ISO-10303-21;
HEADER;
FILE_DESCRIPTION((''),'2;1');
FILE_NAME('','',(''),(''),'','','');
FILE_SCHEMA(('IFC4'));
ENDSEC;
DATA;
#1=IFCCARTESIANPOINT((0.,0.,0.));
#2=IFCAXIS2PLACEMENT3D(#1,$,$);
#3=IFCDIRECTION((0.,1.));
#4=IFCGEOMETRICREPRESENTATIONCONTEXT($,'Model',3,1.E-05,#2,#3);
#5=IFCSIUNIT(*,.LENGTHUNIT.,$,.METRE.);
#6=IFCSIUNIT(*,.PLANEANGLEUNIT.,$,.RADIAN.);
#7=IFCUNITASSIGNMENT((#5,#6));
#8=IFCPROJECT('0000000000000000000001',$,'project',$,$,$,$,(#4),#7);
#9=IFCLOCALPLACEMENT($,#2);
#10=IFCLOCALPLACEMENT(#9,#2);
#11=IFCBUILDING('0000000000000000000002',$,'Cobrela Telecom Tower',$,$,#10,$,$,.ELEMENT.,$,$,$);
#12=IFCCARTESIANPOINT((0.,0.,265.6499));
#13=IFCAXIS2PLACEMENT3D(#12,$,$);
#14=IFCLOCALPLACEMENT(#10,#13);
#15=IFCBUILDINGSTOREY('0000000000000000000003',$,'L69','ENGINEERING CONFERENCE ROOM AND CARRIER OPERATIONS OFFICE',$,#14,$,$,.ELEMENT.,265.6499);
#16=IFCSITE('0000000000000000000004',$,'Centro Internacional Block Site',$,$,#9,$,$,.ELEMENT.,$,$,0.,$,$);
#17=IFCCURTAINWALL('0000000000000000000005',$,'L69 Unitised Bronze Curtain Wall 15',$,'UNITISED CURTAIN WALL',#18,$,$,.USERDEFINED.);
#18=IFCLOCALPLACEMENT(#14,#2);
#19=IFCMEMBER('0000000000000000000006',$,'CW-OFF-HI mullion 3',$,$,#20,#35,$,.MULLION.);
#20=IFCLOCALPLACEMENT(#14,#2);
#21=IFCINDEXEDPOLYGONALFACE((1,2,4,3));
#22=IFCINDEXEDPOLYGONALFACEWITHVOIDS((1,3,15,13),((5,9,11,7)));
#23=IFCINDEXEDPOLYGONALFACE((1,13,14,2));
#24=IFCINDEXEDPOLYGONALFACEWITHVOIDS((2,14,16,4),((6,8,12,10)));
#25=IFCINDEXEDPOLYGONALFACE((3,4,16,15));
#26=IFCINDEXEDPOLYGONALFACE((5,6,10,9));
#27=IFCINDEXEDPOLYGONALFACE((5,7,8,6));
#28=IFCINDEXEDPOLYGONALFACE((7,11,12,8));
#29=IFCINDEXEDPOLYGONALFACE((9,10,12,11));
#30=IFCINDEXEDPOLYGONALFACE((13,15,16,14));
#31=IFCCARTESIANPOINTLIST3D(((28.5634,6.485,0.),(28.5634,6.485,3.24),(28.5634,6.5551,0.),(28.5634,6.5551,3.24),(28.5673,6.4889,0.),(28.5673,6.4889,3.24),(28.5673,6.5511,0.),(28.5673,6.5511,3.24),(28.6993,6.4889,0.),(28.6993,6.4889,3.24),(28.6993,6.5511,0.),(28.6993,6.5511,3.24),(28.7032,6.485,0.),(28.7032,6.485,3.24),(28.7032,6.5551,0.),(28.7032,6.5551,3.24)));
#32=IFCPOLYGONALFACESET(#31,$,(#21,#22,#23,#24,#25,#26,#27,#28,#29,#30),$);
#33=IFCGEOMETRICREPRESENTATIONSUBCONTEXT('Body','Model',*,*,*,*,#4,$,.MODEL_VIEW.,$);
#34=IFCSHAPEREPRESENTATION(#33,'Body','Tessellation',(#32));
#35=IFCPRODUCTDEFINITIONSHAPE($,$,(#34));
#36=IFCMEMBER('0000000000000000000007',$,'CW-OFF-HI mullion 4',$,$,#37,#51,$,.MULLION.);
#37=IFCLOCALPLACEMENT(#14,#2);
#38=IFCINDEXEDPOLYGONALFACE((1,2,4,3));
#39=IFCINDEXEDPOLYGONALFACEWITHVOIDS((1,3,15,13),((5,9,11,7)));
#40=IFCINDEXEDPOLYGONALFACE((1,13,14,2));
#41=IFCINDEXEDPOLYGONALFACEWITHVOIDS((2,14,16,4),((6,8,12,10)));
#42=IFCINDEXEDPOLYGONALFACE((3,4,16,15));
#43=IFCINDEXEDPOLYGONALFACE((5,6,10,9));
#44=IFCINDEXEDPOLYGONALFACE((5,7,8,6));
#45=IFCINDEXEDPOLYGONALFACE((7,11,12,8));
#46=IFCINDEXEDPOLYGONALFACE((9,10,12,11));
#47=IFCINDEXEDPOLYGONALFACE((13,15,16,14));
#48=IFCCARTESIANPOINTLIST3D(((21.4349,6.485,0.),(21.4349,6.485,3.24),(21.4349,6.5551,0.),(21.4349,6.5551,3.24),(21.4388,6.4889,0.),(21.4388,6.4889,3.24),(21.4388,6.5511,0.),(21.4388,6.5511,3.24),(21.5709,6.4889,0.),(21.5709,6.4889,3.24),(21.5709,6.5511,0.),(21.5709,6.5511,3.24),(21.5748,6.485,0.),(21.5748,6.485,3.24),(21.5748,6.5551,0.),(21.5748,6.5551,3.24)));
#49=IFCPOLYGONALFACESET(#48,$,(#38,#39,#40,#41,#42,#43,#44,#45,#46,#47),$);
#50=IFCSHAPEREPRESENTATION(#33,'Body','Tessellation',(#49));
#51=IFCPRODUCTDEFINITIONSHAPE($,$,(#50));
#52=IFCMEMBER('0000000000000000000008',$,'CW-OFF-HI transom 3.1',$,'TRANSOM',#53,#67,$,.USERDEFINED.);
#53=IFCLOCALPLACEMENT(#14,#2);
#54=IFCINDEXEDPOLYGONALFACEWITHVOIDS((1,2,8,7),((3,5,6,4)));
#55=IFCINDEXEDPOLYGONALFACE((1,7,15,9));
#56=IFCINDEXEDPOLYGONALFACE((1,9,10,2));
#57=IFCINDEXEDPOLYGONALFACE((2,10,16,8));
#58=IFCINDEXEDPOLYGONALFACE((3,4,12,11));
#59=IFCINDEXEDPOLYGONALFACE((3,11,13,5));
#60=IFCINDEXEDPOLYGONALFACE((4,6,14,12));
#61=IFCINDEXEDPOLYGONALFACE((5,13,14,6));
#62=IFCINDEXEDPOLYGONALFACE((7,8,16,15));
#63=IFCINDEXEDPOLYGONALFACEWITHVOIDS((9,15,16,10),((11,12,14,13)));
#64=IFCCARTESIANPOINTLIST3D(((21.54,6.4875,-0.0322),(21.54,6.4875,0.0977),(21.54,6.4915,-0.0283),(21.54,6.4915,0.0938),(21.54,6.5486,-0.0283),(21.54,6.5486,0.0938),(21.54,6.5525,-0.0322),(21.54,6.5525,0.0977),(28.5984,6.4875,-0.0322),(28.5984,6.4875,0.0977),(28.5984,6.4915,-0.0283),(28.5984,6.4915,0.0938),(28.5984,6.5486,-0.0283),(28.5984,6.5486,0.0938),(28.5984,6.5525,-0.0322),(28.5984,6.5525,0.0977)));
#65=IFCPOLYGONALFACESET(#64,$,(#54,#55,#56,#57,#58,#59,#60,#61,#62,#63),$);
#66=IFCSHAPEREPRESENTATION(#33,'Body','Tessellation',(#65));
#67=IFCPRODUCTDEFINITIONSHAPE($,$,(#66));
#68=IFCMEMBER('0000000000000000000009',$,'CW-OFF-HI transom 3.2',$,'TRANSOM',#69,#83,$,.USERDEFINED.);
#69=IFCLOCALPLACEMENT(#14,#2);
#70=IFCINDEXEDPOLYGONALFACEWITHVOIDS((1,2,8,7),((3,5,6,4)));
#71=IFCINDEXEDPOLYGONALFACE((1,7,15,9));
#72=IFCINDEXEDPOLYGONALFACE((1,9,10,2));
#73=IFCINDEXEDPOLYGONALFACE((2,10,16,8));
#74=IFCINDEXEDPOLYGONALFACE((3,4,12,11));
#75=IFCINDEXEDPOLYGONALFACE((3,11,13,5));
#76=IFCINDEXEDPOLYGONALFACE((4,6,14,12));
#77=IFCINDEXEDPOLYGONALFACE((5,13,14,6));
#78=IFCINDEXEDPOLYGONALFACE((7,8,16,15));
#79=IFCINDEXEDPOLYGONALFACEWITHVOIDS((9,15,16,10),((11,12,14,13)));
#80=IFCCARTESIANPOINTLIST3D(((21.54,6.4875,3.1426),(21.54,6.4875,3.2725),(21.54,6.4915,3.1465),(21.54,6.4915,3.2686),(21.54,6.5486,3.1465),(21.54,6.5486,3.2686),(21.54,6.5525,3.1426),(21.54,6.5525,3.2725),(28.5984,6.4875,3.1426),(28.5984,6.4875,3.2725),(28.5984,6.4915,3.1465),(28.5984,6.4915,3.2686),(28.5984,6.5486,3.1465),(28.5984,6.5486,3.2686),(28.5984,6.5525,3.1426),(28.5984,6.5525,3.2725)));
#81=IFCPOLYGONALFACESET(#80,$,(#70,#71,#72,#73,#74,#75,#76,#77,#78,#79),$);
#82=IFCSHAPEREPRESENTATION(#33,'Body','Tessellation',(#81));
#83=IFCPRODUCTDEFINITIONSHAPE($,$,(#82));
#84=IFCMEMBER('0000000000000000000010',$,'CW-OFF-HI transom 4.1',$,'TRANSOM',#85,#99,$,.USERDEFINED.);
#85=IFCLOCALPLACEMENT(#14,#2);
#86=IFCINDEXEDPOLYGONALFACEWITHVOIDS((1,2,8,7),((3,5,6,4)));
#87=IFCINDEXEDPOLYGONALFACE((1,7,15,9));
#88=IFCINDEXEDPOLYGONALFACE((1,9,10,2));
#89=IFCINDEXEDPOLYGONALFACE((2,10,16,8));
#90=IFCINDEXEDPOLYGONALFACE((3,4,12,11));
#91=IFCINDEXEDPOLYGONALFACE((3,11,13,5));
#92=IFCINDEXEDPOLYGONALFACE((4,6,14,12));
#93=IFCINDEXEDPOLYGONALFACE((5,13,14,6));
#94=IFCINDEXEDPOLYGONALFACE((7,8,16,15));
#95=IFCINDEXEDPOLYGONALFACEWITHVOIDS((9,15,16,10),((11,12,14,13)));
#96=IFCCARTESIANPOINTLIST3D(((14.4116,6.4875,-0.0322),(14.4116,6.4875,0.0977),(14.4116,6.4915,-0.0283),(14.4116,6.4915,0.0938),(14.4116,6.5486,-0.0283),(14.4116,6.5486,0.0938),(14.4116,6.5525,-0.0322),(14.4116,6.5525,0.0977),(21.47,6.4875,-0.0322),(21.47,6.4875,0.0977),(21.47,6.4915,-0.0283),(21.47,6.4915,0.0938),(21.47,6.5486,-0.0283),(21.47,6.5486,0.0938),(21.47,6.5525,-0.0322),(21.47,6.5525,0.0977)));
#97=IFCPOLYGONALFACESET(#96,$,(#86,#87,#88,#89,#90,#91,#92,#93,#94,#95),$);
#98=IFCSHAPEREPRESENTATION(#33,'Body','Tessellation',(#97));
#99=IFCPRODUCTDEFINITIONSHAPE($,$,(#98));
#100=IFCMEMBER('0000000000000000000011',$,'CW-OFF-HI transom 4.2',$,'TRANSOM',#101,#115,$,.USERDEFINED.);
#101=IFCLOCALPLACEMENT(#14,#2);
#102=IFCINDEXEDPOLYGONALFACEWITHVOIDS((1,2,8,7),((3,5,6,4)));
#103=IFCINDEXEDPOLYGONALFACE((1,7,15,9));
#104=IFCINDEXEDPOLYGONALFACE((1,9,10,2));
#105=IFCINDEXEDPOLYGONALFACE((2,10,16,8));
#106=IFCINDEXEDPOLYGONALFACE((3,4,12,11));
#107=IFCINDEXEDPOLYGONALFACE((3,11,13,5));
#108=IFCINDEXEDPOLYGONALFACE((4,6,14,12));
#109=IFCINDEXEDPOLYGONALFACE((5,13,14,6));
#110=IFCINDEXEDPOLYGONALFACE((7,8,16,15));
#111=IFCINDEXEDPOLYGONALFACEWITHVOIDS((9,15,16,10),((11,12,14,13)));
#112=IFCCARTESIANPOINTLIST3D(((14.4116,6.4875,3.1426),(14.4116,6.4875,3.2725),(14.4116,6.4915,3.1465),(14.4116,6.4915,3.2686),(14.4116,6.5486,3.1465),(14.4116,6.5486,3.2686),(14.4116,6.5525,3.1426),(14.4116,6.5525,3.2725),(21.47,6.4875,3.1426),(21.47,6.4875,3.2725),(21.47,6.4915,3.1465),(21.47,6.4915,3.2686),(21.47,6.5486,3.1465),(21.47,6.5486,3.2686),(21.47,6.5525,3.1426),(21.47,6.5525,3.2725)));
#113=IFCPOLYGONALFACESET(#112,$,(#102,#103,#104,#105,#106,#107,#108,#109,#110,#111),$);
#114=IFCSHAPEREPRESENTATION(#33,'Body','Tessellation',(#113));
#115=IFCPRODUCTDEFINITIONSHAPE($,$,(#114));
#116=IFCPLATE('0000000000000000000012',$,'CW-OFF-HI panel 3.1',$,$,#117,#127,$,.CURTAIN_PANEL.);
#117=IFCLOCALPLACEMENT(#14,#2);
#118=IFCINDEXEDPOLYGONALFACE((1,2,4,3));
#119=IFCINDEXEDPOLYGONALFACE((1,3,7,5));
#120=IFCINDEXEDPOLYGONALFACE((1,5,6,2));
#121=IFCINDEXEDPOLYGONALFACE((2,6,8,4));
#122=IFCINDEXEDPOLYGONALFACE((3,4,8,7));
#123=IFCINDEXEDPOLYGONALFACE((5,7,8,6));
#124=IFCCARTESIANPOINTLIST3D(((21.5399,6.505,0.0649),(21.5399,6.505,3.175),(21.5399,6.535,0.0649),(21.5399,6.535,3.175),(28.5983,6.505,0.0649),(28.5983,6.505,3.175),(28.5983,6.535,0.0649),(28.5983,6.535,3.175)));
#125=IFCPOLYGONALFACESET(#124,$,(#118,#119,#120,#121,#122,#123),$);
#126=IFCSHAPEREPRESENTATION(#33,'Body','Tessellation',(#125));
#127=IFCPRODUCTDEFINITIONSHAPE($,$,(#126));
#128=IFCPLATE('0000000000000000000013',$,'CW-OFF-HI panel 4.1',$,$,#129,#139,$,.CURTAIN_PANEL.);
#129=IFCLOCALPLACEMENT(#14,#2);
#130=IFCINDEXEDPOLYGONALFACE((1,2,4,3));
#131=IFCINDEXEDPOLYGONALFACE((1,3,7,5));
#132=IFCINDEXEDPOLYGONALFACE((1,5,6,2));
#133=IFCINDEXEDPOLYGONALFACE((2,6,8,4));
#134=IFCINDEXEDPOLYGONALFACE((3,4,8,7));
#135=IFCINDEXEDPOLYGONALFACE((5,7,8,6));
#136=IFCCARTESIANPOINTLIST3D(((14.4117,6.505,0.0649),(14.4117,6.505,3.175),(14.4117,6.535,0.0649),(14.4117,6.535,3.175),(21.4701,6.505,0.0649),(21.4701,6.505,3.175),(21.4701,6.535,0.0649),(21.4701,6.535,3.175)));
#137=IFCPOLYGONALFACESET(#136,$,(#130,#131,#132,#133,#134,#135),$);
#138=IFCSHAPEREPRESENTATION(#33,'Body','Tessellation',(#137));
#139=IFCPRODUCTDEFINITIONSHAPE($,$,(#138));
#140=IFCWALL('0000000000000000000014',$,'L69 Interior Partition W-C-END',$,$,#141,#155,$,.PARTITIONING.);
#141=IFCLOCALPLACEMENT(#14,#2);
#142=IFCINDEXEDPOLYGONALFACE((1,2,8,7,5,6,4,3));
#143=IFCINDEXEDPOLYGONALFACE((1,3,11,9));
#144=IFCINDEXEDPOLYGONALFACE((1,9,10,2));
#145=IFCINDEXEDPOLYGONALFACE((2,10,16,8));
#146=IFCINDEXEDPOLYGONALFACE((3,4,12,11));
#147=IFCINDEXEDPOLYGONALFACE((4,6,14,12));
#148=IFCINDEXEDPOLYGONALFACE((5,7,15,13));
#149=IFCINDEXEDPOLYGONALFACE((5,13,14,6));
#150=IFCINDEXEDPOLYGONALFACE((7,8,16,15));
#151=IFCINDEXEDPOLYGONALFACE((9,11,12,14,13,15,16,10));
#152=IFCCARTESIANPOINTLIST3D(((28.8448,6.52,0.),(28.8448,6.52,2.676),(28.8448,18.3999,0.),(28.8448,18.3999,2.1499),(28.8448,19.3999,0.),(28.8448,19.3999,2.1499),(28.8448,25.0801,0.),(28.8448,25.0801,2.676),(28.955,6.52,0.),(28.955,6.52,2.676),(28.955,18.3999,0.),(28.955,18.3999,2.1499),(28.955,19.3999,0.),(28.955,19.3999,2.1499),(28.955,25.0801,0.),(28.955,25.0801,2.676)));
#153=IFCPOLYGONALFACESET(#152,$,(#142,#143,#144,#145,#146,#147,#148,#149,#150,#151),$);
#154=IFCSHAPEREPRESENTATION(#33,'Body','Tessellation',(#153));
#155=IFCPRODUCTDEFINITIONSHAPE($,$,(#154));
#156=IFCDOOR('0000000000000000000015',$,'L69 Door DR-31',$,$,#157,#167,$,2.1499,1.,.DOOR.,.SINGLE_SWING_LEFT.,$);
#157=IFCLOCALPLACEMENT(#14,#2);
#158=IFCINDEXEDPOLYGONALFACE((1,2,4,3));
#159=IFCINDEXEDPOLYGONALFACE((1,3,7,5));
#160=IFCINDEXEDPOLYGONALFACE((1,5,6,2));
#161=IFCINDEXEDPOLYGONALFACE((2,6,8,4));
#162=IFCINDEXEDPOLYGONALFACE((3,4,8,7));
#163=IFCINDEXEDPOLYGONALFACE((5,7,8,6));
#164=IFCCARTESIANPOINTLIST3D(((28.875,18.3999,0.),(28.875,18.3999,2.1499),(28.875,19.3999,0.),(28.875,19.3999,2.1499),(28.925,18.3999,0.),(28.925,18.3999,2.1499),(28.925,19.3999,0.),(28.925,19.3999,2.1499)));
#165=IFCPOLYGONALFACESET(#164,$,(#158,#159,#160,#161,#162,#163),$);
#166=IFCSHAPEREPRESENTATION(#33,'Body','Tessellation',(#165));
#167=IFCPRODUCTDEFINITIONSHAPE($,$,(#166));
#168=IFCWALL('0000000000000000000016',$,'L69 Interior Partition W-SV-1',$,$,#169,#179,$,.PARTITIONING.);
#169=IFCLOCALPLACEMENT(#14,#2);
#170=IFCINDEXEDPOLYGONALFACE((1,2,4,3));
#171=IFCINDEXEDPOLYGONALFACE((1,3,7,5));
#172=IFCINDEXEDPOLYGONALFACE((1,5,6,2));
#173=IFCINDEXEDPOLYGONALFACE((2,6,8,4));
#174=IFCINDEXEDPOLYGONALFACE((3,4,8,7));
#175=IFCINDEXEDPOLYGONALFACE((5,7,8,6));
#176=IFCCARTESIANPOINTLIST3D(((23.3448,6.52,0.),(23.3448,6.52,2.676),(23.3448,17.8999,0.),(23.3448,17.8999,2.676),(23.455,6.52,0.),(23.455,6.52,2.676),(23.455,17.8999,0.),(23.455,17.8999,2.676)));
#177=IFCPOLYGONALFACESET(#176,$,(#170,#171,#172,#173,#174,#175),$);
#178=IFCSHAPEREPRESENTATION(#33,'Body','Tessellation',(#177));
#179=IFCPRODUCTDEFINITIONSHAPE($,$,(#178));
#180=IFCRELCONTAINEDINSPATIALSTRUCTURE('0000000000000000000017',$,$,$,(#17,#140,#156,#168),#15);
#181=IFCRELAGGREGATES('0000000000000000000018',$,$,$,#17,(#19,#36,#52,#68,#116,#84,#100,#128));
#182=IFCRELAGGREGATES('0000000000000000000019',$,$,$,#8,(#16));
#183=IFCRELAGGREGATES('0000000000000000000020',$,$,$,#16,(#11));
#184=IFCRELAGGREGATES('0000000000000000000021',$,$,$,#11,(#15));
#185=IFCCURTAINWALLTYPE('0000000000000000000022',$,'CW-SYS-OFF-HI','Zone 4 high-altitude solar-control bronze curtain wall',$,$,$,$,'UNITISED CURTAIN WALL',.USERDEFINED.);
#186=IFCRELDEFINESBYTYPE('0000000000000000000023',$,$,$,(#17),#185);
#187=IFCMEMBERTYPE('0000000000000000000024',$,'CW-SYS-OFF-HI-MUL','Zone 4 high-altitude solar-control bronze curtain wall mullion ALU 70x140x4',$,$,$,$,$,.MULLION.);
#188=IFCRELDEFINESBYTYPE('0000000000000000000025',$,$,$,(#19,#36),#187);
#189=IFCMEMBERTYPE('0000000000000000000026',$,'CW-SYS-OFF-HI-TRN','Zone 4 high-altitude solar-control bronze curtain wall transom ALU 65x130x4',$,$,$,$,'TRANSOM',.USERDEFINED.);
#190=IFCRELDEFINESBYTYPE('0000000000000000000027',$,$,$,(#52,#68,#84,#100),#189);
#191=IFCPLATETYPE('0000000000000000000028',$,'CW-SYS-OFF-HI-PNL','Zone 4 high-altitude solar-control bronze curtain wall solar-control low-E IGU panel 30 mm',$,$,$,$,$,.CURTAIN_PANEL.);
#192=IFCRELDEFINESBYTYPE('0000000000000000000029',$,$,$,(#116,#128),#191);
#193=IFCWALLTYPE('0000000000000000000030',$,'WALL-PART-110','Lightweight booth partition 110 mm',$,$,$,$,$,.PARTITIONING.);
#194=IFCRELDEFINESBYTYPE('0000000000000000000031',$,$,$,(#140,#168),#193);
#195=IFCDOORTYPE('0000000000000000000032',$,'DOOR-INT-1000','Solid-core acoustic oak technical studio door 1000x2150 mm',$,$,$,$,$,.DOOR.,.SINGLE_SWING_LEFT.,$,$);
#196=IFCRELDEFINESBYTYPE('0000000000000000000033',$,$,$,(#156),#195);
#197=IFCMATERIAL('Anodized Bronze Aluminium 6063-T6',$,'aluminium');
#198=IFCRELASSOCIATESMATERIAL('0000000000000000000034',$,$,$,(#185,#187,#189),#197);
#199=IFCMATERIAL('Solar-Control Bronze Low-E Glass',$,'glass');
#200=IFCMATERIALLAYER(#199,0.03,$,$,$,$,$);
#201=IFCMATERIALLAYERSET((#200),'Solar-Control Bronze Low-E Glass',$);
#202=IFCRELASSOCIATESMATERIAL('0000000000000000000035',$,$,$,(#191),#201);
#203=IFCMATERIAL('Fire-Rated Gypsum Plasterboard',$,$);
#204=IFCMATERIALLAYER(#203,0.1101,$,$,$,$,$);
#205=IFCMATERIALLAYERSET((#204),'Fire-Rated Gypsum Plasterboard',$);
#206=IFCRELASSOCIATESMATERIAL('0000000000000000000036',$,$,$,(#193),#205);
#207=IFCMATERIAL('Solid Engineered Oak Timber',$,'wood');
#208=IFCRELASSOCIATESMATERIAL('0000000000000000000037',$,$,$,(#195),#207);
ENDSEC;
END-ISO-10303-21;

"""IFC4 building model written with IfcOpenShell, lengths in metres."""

from ifc_helpers import new_model, si_unit, direction, frame, frame_2d, origin, origin_2d, place, context, subcontext, project, spatial, rectangle, hollow_rectangle, extrude, material, layer, layer_set, material_profile, profile_set, type_object, element, fill, aggregate, save


model = new_model("IFC4")

# Units and contexts
model_context = context("Model", 3, precision=1e-05, world=origin(), true_north=direction((0.0, 1.0)))
body_context = subcontext(model_context, "Body", "Model", "MODEL_VIEW")
ifc_project = project(units=[si_unit("LENGTHUNIT", "METRE"), si_unit("PLANEANGLEUNIT", "RADIAN")], contexts=[model_context])

# Site, building, storey
site_placement = place(None, origin())
site = spatial("IfcSite", under=ifc_project, at=site_placement, Name="Centro Internacional Block Site", CompositionType="ELEMENT", RefElevation=0.0)
building_placement = place(site_placement, origin())
building = spatial("IfcBuilding", under=site, at=building_placement, Name="Cobrela Telecom Tower", CompositionType="ELEMENT")
storey_placement = place(building_placement, frame((0.0, 0.0, 265.6499)))
storey = spatial("IfcBuildingStorey", under=building, at=storey_placement, Name="L69", Description="ENGINEERING CONFERENCE ROOM AND CARRIER OPERATIONS OFFICE", CompositionType="ELEMENT", Elevation=265.6499)

# Curtain wall, members, plates
ifc_material_1 = material(Name="Anodized Bronze Aluminium 6063-T6", Category="aluminium")
curtain_wall_type = type_object("IfcCurtainWallType", Name="CW-SYS-OFF-HI", Description="Zone 4 high-altitude solar-control bronze curtain wall", ElementType="UNITISED CURTAIN WALL", PredefinedType="USERDEFINED", material=ifc_material_1)
curtain_wall_placement = place(storey_placement, origin())
curtain_wall = element("IfcCurtainWall", 1, at=curtain_wall_placement, inside=storey, type_object=curtain_wall_type, Name="L69 Unitised Bronze Curtain Wall 15", ObjectType="UNITISED CURTAIN WALL", PredefinedType="USERDEFINED")
ifc_material_profile_1 = material_profile(ifc_material_1, hollow_rectangle(XDim=0.0701, YDim=0.1399, WallThickness=0.0039, at=origin_2d()), Name="ALU 70x140x4")
ifc_profile_set_1 = profile_set([ifc_material_profile_1], Name="Anodized Bronze Aluminium 6063-T6")
member_type_1 = type_object("IfcMemberType", Name="CW-SYS-OFF-HI-MUL", Description="Zone 4 high-altitude solar-control bronze curtain wall mullion ALU 70x140x4", PredefinedType="MULLION", material=ifc_profile_set_1)
member_1_placement = place(storey_placement, frame((28.6333, 6.52, 0.0), z_axis=(0.0, 0.0, 1.0), x_axis=(0.0, -1.0, 0.0)))
member_1 = element("IfcMember", 2, at=member_1_placement, type_object=member_type_1, Name="CW-OFF-HI mullion 3", PredefinedType="MULLION", context=body_context, shape_type="SweptSolid", body=[
    extrude(hollow_rectangle(XDim=0.0701, YDim=0.1399, WallThickness=0.0039, at=origin_2d()), origin(), (0.0, 0.0, 1.0), 3.24),
])
member_2_placement = place(storey_placement, frame((21.5049, 6.52, 0.0), z_axis=(0.0, 0.0, 1.0), x_axis=(0.0, -1.0, 0.0)))
member_2 = element("IfcMember", 3, at=member_2_placement, type_object=member_type_1, Name="CW-OFF-HI mullion 4", PredefinedType="MULLION", context=body_context, shape_type="SweptSolid", body=[
    extrude(hollow_rectangle(XDim=0.0701, YDim=0.1399, WallThickness=0.0039, at=origin_2d()), origin(), (0.0, 0.0, 1.0), 3.24),
])
ifc_material_profile_2 = material_profile(ifc_material_1, hollow_rectangle(XDim=0.0649, YDim=0.1299, WallThickness=0.0039, at=origin_2d()), Name="ALU 65x130x4")
ifc_profile_set_2 = profile_set([ifc_material_profile_2], Name="Anodized Bronze Aluminium 6063-T6")
member_type_2 = type_object("IfcMemberType", Name="CW-SYS-OFF-HI-TRN", Description="Zone 4 high-altitude solar-control bronze curtain wall transom ALU 65x130x4", ElementType="TRANSOM", PredefinedType="USERDEFINED", material=ifc_profile_set_2)
member_3_placement = place(storey_placement, frame((28.5984, 6.52, 0.0327), z_axis=(-1.0, 0.0, 0.0), x_axis=(0.0, -1.0, 0.0)))
member_3 = element("IfcMember", 4, at=member_3_placement, type_object=member_type_2, Name="CW-OFF-HI transom 3.1", ObjectType="TRANSOM", PredefinedType="USERDEFINED", context=body_context, shape_type="SweptSolid", body=[
    extrude(hollow_rectangle(XDim=0.0649, YDim=0.1299, WallThickness=0.0039, at=origin_2d()), origin(), (0.0, 0.0, 1.0), 7.0583),
])
member_4_placement = place(storey_placement, frame((28.5984, 6.52, 3.2075), z_axis=(-1.0, 0.0, 0.0), x_axis=(0.0, -1.0, 0.0)))
member_4 = element("IfcMember", 5, at=member_4_placement, type_object=member_type_2, Name="CW-OFF-HI transom 3.2", ObjectType="TRANSOM", PredefinedType="USERDEFINED", context=body_context, shape_type="SweptSolid", body=[
    extrude(hollow_rectangle(XDim=0.0649, YDim=0.1299, WallThickness=0.0039, at=origin_2d()), origin(), (0.0, 0.0, 1.0), 7.0583),
])
member_5_placement = place(storey_placement, frame((21.47, 6.52, 0.0327), z_axis=(-1.0, 0.0, 0.0), x_axis=(0.0, -1.0, 0.0)))
member_5 = element("IfcMember", 6, at=member_5_placement, type_object=member_type_2, Name="CW-OFF-HI transom 4.1", ObjectType="TRANSOM", PredefinedType="USERDEFINED", context=body_context, shape_type="SweptSolid", body=[
    extrude(hollow_rectangle(XDim=0.0649, YDim=0.1299, WallThickness=0.0039, at=origin_2d()), origin(), (0.0, 0.0, 1.0), 7.0583),
])
member_6_placement = place(storey_placement, frame((21.47, 6.52, 3.2075), z_axis=(-1.0, 0.0, 0.0), x_axis=(0.0, -1.0, 0.0)))
member_6 = element("IfcMember", 7, at=member_6_placement, type_object=member_type_2, Name="CW-OFF-HI transom 4.2", ObjectType="TRANSOM", PredefinedType="USERDEFINED", context=body_context, shape_type="SweptSolid", body=[
    extrude(hollow_rectangle(XDim=0.0649, YDim=0.1299, WallThickness=0.0039, at=origin_2d()), origin(), (0.0, 0.0, 1.0), 7.0583),
])
ifc_material_2 = material(Name="Solar-Control Bronze Low-E Glass", Category="glass")
ifc_layer_1 = layer(ifc_material_2, 0.03)
ifc_layer_set_1 = layer_set([ifc_layer_1], Name="Solar-Control Bronze Low-E Glass")
plate_type = type_object("IfcPlateType", Name="CW-SYS-OFF-HI-PNL", Description="Zone 4 high-altitude solar-control bronze curtain wall solar-control low-E IGU panel 30 mm", PredefinedType="CURTAIN_PANEL", material=ifc_layer_set_1)
plate_1_placement = place(storey_placement, frame((25.0691, 6.52, 0.0649), z_axis=(0.0, 0.0, 1.0), x_axis=(-1.0, 0.0, 0.0)))
plate_1 = element("IfcPlate", 8, at=plate_1_placement, type_object=plate_type, Name="CW-OFF-HI panel 3.1", PredefinedType="CURTAIN_PANEL", context=body_context, shape_type="SweptSolid", body=[
    extrude(rectangle(XDim=7.0583, YDim=0.03, at=origin_2d()), origin(), (0.0, 0.0, 1.0), 3.1101),
])
plate_2_placement = place(storey_placement, frame((17.9409, 6.52, 0.0649), z_axis=(0.0, 0.0, 1.0), x_axis=(-1.0, 0.0, 0.0)))
plate_2 = element("IfcPlate", 9, at=plate_2_placement, type_object=plate_type, Name="CW-OFF-HI panel 4.1", PredefinedType="CURTAIN_PANEL", context=body_context, shape_type="SweptSolid", body=[
    extrude(rectangle(XDim=7.0583, YDim=0.03, at=origin_2d()), origin(), (0.0, 0.0, 1.0), 3.1101),
])
aggregate(curtain_wall, [member_1, member_2, member_3, member_4, plate_1, member_5, member_6, plate_2])

# Wall, opening, door
ifc_material_3 = material(Name="Fire-Rated Gypsum Plasterboard")
ifc_layer_2 = layer(ifc_material_3, 0.1101)
ifc_layer_set_2 = layer_set([ifc_layer_2], Name="Fire-Rated Gypsum Plasterboard")
wall_type_1 = type_object("IfcWallType", Name="WALL-PART-110", Description="Lightweight booth partition 110 mm", PredefinedType="PARTITIONING", material=ifc_layer_set_2)
wall_1_placement = place(storey_placement, frame((28.8999, 6.52, 0.0), z_axis=(0.0, 0.0, 1.0), x_axis=(0.0, 1.0, 0.0)))
wall_1 = element("IfcWall", 10, at=wall_1_placement, inside=storey, type_object=wall_type_1, Name="L69 Interior Partition W-C-END", PredefinedType="PARTITIONING", context=body_context, shape_type="SweptSolid", body=[
    extrude(rectangle(XDim=18.5601, YDim=0.1101, at=frame_2d((9.28, 0.0))), origin(), (0.0, 0.0, 1.0), 2.676),
])
opening_placement = place(wall_1_placement, frame((11.8799, 0.0, 0.0)))
opening = element("IfcOpeningElement", 11, at=opening_placement, cuts=wall_1, PredefinedType="OPENING", context=body_context, shape_type="SweptSolid", body=[
    extrude(rectangle(XDim=1.0, YDim=2.1499, at=frame_2d((0.5, 1.075))), frame((0.0, 0.0669, 0.0), z_axis=(0.0, -1.0, 0.0), x_axis=(1.0, 0.0, 0.0)), (0.0, 0.0, 1.0), 0.134),
])
ifc_material_4 = material(Name="Solid Engineered Oak Timber", Category="wood")
door_type = type_object("IfcDoorType", Name="DOOR-INT-1000", Description="Solid-core acoustic oak technical studio door 1000x2150 mm", OperationType="SINGLE_SWING_LEFT", PredefinedType="DOOR", material=ifc_material_4)
door_placement = place(opening_placement, origin())
door = element("IfcDoor", 12, at=door_placement, inside=storey, type_object=door_type, Name="L69 Door DR-31", OperationType="SINGLE_SWING_LEFT", OverallHeight=2.1499, OverallWidth=1.0, PredefinedType="DOOR", context=body_context, shape_type="SweptSolid", body=[
    extrude(rectangle(XDim=1.0, YDim=2.1499, at=frame_2d((0.5, 1.075))), frame((0.0, 0.0249, 0.0), z_axis=(0.0, -1.0, 0.0), x_axis=(1.0, 0.0, 0.0)), (0.0, 0.0, 1.0), 0.05),
])
fill(opening, door)

# Wall
wall_2_placement = place(storey_placement, frame((23.3999, 6.52, 0.0), z_axis=(0.0, 0.0, 1.0), x_axis=(0.0, 1.0, 0.0)))
element("IfcWall", 13, at=wall_2_placement, inside=storey, type_object=wall_type_1, Name="L69 Interior Partition W-SV-1", PredefinedType="PARTITIONING", context=body_context, shape_type="SweptSolid", body=[
    extrude(rectangle(XDim=11.3799, YDim=0.1101, at=frame_2d((5.6899, 0.0))), origin(), (0.0, 0.0, 1.0), 2.676),
])

save(model, "model.ifc")
